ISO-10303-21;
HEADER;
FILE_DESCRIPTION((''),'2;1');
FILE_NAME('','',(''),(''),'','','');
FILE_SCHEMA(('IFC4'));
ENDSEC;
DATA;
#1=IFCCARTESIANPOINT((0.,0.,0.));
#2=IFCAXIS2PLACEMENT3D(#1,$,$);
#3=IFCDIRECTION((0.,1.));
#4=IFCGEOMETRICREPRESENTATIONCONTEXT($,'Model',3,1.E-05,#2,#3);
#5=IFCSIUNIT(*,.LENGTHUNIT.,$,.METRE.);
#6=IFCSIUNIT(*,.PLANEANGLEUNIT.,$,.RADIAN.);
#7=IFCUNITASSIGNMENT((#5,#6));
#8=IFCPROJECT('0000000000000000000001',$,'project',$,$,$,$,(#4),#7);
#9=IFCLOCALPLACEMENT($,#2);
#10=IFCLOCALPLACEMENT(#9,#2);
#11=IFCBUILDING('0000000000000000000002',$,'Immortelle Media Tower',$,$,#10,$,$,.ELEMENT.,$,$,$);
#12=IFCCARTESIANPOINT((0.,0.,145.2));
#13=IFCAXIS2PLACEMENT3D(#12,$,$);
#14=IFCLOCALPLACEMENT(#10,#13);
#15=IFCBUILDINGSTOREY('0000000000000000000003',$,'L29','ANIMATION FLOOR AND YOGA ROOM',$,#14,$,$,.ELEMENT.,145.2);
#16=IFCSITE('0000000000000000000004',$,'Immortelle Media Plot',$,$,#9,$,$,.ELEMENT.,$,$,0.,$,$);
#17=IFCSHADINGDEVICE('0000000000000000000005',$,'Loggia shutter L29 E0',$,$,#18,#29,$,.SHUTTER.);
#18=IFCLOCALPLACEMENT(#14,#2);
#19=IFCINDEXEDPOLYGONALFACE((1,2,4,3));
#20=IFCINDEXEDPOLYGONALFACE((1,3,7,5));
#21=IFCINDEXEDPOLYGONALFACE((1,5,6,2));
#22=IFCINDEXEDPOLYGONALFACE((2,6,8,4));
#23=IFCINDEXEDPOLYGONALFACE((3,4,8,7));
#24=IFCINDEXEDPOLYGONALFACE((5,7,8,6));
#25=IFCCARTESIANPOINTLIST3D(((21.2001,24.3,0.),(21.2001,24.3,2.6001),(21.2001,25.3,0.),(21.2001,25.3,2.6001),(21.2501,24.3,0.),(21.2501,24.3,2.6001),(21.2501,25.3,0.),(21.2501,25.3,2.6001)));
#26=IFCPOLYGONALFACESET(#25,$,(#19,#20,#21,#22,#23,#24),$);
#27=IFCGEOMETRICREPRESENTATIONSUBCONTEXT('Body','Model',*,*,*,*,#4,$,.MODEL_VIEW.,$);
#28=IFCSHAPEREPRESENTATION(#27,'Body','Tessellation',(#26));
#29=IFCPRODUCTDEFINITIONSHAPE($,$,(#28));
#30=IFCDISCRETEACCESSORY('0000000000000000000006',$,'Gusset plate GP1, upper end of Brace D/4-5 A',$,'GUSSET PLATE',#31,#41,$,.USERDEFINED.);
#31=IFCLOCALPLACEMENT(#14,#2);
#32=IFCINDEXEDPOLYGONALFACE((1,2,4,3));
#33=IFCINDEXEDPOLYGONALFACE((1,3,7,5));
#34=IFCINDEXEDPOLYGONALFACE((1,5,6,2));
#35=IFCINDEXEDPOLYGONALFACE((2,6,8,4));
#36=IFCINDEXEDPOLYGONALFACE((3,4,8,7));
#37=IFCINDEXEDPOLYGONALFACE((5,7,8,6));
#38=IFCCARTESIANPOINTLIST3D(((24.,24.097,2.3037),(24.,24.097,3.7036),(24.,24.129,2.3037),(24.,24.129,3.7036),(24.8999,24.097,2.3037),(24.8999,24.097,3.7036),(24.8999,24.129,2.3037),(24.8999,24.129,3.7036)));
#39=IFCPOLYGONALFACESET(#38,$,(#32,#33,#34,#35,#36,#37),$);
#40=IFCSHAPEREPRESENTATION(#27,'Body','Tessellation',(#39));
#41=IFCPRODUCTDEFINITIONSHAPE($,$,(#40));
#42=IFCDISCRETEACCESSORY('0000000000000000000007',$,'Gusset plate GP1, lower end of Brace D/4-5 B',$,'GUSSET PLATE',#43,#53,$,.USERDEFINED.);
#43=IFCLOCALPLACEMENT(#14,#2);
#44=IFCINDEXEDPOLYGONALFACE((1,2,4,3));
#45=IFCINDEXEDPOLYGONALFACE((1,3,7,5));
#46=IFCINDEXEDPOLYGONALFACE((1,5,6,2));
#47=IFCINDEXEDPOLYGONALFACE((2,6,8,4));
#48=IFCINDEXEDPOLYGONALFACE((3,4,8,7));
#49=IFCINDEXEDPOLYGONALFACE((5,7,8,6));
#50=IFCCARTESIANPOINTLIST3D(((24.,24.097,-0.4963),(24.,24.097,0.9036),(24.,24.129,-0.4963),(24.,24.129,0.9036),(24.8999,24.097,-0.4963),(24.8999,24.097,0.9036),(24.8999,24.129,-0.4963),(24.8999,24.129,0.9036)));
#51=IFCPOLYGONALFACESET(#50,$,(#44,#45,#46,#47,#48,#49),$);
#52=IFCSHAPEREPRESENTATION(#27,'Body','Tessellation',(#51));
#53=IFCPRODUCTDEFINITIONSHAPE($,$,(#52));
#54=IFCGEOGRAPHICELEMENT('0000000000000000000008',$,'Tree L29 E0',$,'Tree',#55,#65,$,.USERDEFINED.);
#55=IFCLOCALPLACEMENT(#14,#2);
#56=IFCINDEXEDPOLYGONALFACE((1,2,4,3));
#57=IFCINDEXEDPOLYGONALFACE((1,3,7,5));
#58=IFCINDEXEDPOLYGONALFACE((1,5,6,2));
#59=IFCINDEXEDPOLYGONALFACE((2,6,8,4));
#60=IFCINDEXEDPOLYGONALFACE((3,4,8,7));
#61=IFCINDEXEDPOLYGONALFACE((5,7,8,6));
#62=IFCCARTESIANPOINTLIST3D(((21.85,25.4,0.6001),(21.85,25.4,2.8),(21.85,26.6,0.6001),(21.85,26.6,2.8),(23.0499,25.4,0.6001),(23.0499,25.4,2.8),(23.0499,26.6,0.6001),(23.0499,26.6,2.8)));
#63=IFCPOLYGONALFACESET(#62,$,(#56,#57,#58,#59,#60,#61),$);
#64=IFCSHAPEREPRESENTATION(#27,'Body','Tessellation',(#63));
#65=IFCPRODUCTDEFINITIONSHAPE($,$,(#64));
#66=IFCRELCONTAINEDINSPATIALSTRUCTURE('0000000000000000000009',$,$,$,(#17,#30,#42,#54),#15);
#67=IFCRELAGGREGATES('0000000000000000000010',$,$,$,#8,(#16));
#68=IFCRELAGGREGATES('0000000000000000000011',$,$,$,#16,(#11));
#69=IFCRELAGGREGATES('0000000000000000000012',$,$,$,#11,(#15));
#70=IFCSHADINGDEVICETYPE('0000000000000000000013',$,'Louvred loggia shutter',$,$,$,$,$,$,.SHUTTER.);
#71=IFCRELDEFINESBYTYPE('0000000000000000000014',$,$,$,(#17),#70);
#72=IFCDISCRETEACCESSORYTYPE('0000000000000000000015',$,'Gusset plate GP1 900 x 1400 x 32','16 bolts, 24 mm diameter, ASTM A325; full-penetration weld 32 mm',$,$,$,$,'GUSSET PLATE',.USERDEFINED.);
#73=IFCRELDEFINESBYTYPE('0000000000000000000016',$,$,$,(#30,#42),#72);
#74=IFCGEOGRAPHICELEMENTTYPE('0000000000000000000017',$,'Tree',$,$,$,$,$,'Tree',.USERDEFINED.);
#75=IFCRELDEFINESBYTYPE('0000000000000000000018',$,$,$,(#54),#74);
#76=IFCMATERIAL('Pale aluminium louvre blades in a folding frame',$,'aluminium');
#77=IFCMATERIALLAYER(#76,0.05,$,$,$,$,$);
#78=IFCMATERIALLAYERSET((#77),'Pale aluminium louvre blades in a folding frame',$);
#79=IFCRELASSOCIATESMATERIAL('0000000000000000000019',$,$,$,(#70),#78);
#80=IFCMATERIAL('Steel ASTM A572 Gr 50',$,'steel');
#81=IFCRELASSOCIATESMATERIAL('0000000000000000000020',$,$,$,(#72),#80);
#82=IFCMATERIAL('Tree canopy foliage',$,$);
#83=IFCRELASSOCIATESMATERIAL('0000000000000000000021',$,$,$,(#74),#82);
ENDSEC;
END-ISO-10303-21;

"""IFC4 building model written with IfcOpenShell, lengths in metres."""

from ifc_helpers import new_model, si_unit, direction, frame, origin, origin_2d, place, context, subcontext, project, spatial, rectangle, extrude, material, layer, layer_set, material_profile, profile_set, type_object, element, save


model = new_model("IFC4")

# Units and contexts
model_context = context("Model", 3, precision=1e-05, world=origin(), true_north=direction((0.0, 1.0)))
body_context = subcontext(model_context, "Body", "Model", "MODEL_VIEW")
ifc_project = project(units=[si_unit("LENGTHUNIT", "METRE"), si_unit("PLANEANGLEUNIT", "RADIAN")], contexts=[model_context])

# Site, building, storey
site_placement = place(None, origin())
site = spatial("IfcSite", under=ifc_project, at=site_placement, Name="Immortelle Media Plot", CompositionType="ELEMENT", RefElevation=0.0)
building_placement = place(site_placement, origin())
building = spatial("IfcBuilding", under=site, at=building_placement, Name="Immortelle Media Tower", CompositionType="ELEMENT")
storey_placement = place(building_placement, frame((0.0, 0.0, 145.2)))
storey = spatial("IfcBuildingStorey", under=building, at=storey_placement, Name="L29", Description="ANIMATION FLOOR AND YOGA ROOM", CompositionType="ELEMENT", Elevation=145.2)

# Shading device
ifc_material_1 = material(Name="Pale aluminium louvre blades in a folding frame", Category="aluminium")
ifc_layer_1 = layer(ifc_material_1, 0.05)
ifc_layer_set_1 = layer_set([ifc_layer_1], Name="Pale aluminium louvre blades in a folding frame")
shading_device_type_1 = type_object("IfcShadingDeviceType", Name="Louvred loggia shutter", PredefinedType="SHUTTER", material=ifc_layer_set_1)
shading_device_1_placement = place(storey_placement, frame((21.2251, 24.8, 0.0), z_axis=(0.0, 0.0, 1.0), x_axis=(0.0, 1.0, 0.0)))
element("IfcShadingDevice", 1, at=shading_device_1_placement, inside=storey, type_object=shading_device_type_1, Name="Loggia shutter L29 E0", PredefinedType="SHUTTER", context=body_context, shape_type="SweptSolid", body=[
    extrude(rectangle(XDim=1.0, YDim=0.05, at=origin_2d()), origin(), (0.0, 0.0, 1.0), 2.6001),
])

# Discrete accessories
ifc_material_2 = material(Name="Steel ASTM A572 Gr 50", Category="steel")
ifc_material_profile_1 = material_profile(ifc_material_2, rectangle(XDim=0.032, YDim=1.3999, at=origin_2d()), Name="PL 32 x 1400")
ifc_profile_set_1 = profile_set([ifc_material_profile_1], Name="Steel ASTM A572 Gr 50")
discrete_accessory_type = type_object("IfcDiscreteAccessoryType", Name="Gusset plate GP1 900 x 1400 x 32", Description="16 bolts, 24 mm diameter, ASTM A325; full-penetration weld 32 mm", ElementType="GUSSET PLATE", PredefinedType="USERDEFINED", material=ifc_profile_set_1)
for number, where, z_axis, x_axis, name in (
    (2, (24.0, 24.113, 3.0037), (1.0, 0.0, 0.0), (0.0, 1.0, 0.0), "Gusset plate GP1, upper end of Brace D/4-5 A"),
    (3, (24.0, 24.113, 0.2036), (1.0, 0.0, 0.0), (0.0, 1.0, 0.0), "Gusset plate GP1, lower end of Brace D/4-5 B"),
):
    element("IfcDiscreteAccessory", number, at=place(storey_placement, frame(where, z_axis=z_axis, x_axis=x_axis)), inside=storey, type_object=discrete_accessory_type, Name=name, ObjectType="GUSSET PLATE", PredefinedType="USERDEFINED", context=body_context, shape_type="SweptSolid", body=[
        extrude(rectangle(XDim=0.032, YDim=1.3999, at=origin_2d()), origin(), (0.0, 0.0, 1.0), 0.8999),
    ])

# Geographic element
ifc_material_3 = material(Name="Tree canopy foliage")
geographic_element_type = type_object("IfcGeographicElementType", Name="Tree", ElementType="Tree", PredefinedType="USERDEFINED", material=ifc_material_3)
geographic_element_placement = place(storey_placement, frame((22.45, 26.0, 0.6001), z_axis=(0.0, 0.0, 1.0), x_axis=(1.0, 0.0, 0.0)))
element("IfcGeographicElement", 4, at=geographic_element_placement, inside=storey, type_object=geographic_element_type, Name="Tree L29 E0", ObjectType="Tree", PredefinedType="USERDEFINED", context=body_context, shape_type="SweptSolid", body=[
    extrude(rectangle(XDim=1.2, YDim=1.2, at=origin_2d()), origin(), (0.0, 0.0, 1.0), 2.2),
])

save(model, "model.ifc")
